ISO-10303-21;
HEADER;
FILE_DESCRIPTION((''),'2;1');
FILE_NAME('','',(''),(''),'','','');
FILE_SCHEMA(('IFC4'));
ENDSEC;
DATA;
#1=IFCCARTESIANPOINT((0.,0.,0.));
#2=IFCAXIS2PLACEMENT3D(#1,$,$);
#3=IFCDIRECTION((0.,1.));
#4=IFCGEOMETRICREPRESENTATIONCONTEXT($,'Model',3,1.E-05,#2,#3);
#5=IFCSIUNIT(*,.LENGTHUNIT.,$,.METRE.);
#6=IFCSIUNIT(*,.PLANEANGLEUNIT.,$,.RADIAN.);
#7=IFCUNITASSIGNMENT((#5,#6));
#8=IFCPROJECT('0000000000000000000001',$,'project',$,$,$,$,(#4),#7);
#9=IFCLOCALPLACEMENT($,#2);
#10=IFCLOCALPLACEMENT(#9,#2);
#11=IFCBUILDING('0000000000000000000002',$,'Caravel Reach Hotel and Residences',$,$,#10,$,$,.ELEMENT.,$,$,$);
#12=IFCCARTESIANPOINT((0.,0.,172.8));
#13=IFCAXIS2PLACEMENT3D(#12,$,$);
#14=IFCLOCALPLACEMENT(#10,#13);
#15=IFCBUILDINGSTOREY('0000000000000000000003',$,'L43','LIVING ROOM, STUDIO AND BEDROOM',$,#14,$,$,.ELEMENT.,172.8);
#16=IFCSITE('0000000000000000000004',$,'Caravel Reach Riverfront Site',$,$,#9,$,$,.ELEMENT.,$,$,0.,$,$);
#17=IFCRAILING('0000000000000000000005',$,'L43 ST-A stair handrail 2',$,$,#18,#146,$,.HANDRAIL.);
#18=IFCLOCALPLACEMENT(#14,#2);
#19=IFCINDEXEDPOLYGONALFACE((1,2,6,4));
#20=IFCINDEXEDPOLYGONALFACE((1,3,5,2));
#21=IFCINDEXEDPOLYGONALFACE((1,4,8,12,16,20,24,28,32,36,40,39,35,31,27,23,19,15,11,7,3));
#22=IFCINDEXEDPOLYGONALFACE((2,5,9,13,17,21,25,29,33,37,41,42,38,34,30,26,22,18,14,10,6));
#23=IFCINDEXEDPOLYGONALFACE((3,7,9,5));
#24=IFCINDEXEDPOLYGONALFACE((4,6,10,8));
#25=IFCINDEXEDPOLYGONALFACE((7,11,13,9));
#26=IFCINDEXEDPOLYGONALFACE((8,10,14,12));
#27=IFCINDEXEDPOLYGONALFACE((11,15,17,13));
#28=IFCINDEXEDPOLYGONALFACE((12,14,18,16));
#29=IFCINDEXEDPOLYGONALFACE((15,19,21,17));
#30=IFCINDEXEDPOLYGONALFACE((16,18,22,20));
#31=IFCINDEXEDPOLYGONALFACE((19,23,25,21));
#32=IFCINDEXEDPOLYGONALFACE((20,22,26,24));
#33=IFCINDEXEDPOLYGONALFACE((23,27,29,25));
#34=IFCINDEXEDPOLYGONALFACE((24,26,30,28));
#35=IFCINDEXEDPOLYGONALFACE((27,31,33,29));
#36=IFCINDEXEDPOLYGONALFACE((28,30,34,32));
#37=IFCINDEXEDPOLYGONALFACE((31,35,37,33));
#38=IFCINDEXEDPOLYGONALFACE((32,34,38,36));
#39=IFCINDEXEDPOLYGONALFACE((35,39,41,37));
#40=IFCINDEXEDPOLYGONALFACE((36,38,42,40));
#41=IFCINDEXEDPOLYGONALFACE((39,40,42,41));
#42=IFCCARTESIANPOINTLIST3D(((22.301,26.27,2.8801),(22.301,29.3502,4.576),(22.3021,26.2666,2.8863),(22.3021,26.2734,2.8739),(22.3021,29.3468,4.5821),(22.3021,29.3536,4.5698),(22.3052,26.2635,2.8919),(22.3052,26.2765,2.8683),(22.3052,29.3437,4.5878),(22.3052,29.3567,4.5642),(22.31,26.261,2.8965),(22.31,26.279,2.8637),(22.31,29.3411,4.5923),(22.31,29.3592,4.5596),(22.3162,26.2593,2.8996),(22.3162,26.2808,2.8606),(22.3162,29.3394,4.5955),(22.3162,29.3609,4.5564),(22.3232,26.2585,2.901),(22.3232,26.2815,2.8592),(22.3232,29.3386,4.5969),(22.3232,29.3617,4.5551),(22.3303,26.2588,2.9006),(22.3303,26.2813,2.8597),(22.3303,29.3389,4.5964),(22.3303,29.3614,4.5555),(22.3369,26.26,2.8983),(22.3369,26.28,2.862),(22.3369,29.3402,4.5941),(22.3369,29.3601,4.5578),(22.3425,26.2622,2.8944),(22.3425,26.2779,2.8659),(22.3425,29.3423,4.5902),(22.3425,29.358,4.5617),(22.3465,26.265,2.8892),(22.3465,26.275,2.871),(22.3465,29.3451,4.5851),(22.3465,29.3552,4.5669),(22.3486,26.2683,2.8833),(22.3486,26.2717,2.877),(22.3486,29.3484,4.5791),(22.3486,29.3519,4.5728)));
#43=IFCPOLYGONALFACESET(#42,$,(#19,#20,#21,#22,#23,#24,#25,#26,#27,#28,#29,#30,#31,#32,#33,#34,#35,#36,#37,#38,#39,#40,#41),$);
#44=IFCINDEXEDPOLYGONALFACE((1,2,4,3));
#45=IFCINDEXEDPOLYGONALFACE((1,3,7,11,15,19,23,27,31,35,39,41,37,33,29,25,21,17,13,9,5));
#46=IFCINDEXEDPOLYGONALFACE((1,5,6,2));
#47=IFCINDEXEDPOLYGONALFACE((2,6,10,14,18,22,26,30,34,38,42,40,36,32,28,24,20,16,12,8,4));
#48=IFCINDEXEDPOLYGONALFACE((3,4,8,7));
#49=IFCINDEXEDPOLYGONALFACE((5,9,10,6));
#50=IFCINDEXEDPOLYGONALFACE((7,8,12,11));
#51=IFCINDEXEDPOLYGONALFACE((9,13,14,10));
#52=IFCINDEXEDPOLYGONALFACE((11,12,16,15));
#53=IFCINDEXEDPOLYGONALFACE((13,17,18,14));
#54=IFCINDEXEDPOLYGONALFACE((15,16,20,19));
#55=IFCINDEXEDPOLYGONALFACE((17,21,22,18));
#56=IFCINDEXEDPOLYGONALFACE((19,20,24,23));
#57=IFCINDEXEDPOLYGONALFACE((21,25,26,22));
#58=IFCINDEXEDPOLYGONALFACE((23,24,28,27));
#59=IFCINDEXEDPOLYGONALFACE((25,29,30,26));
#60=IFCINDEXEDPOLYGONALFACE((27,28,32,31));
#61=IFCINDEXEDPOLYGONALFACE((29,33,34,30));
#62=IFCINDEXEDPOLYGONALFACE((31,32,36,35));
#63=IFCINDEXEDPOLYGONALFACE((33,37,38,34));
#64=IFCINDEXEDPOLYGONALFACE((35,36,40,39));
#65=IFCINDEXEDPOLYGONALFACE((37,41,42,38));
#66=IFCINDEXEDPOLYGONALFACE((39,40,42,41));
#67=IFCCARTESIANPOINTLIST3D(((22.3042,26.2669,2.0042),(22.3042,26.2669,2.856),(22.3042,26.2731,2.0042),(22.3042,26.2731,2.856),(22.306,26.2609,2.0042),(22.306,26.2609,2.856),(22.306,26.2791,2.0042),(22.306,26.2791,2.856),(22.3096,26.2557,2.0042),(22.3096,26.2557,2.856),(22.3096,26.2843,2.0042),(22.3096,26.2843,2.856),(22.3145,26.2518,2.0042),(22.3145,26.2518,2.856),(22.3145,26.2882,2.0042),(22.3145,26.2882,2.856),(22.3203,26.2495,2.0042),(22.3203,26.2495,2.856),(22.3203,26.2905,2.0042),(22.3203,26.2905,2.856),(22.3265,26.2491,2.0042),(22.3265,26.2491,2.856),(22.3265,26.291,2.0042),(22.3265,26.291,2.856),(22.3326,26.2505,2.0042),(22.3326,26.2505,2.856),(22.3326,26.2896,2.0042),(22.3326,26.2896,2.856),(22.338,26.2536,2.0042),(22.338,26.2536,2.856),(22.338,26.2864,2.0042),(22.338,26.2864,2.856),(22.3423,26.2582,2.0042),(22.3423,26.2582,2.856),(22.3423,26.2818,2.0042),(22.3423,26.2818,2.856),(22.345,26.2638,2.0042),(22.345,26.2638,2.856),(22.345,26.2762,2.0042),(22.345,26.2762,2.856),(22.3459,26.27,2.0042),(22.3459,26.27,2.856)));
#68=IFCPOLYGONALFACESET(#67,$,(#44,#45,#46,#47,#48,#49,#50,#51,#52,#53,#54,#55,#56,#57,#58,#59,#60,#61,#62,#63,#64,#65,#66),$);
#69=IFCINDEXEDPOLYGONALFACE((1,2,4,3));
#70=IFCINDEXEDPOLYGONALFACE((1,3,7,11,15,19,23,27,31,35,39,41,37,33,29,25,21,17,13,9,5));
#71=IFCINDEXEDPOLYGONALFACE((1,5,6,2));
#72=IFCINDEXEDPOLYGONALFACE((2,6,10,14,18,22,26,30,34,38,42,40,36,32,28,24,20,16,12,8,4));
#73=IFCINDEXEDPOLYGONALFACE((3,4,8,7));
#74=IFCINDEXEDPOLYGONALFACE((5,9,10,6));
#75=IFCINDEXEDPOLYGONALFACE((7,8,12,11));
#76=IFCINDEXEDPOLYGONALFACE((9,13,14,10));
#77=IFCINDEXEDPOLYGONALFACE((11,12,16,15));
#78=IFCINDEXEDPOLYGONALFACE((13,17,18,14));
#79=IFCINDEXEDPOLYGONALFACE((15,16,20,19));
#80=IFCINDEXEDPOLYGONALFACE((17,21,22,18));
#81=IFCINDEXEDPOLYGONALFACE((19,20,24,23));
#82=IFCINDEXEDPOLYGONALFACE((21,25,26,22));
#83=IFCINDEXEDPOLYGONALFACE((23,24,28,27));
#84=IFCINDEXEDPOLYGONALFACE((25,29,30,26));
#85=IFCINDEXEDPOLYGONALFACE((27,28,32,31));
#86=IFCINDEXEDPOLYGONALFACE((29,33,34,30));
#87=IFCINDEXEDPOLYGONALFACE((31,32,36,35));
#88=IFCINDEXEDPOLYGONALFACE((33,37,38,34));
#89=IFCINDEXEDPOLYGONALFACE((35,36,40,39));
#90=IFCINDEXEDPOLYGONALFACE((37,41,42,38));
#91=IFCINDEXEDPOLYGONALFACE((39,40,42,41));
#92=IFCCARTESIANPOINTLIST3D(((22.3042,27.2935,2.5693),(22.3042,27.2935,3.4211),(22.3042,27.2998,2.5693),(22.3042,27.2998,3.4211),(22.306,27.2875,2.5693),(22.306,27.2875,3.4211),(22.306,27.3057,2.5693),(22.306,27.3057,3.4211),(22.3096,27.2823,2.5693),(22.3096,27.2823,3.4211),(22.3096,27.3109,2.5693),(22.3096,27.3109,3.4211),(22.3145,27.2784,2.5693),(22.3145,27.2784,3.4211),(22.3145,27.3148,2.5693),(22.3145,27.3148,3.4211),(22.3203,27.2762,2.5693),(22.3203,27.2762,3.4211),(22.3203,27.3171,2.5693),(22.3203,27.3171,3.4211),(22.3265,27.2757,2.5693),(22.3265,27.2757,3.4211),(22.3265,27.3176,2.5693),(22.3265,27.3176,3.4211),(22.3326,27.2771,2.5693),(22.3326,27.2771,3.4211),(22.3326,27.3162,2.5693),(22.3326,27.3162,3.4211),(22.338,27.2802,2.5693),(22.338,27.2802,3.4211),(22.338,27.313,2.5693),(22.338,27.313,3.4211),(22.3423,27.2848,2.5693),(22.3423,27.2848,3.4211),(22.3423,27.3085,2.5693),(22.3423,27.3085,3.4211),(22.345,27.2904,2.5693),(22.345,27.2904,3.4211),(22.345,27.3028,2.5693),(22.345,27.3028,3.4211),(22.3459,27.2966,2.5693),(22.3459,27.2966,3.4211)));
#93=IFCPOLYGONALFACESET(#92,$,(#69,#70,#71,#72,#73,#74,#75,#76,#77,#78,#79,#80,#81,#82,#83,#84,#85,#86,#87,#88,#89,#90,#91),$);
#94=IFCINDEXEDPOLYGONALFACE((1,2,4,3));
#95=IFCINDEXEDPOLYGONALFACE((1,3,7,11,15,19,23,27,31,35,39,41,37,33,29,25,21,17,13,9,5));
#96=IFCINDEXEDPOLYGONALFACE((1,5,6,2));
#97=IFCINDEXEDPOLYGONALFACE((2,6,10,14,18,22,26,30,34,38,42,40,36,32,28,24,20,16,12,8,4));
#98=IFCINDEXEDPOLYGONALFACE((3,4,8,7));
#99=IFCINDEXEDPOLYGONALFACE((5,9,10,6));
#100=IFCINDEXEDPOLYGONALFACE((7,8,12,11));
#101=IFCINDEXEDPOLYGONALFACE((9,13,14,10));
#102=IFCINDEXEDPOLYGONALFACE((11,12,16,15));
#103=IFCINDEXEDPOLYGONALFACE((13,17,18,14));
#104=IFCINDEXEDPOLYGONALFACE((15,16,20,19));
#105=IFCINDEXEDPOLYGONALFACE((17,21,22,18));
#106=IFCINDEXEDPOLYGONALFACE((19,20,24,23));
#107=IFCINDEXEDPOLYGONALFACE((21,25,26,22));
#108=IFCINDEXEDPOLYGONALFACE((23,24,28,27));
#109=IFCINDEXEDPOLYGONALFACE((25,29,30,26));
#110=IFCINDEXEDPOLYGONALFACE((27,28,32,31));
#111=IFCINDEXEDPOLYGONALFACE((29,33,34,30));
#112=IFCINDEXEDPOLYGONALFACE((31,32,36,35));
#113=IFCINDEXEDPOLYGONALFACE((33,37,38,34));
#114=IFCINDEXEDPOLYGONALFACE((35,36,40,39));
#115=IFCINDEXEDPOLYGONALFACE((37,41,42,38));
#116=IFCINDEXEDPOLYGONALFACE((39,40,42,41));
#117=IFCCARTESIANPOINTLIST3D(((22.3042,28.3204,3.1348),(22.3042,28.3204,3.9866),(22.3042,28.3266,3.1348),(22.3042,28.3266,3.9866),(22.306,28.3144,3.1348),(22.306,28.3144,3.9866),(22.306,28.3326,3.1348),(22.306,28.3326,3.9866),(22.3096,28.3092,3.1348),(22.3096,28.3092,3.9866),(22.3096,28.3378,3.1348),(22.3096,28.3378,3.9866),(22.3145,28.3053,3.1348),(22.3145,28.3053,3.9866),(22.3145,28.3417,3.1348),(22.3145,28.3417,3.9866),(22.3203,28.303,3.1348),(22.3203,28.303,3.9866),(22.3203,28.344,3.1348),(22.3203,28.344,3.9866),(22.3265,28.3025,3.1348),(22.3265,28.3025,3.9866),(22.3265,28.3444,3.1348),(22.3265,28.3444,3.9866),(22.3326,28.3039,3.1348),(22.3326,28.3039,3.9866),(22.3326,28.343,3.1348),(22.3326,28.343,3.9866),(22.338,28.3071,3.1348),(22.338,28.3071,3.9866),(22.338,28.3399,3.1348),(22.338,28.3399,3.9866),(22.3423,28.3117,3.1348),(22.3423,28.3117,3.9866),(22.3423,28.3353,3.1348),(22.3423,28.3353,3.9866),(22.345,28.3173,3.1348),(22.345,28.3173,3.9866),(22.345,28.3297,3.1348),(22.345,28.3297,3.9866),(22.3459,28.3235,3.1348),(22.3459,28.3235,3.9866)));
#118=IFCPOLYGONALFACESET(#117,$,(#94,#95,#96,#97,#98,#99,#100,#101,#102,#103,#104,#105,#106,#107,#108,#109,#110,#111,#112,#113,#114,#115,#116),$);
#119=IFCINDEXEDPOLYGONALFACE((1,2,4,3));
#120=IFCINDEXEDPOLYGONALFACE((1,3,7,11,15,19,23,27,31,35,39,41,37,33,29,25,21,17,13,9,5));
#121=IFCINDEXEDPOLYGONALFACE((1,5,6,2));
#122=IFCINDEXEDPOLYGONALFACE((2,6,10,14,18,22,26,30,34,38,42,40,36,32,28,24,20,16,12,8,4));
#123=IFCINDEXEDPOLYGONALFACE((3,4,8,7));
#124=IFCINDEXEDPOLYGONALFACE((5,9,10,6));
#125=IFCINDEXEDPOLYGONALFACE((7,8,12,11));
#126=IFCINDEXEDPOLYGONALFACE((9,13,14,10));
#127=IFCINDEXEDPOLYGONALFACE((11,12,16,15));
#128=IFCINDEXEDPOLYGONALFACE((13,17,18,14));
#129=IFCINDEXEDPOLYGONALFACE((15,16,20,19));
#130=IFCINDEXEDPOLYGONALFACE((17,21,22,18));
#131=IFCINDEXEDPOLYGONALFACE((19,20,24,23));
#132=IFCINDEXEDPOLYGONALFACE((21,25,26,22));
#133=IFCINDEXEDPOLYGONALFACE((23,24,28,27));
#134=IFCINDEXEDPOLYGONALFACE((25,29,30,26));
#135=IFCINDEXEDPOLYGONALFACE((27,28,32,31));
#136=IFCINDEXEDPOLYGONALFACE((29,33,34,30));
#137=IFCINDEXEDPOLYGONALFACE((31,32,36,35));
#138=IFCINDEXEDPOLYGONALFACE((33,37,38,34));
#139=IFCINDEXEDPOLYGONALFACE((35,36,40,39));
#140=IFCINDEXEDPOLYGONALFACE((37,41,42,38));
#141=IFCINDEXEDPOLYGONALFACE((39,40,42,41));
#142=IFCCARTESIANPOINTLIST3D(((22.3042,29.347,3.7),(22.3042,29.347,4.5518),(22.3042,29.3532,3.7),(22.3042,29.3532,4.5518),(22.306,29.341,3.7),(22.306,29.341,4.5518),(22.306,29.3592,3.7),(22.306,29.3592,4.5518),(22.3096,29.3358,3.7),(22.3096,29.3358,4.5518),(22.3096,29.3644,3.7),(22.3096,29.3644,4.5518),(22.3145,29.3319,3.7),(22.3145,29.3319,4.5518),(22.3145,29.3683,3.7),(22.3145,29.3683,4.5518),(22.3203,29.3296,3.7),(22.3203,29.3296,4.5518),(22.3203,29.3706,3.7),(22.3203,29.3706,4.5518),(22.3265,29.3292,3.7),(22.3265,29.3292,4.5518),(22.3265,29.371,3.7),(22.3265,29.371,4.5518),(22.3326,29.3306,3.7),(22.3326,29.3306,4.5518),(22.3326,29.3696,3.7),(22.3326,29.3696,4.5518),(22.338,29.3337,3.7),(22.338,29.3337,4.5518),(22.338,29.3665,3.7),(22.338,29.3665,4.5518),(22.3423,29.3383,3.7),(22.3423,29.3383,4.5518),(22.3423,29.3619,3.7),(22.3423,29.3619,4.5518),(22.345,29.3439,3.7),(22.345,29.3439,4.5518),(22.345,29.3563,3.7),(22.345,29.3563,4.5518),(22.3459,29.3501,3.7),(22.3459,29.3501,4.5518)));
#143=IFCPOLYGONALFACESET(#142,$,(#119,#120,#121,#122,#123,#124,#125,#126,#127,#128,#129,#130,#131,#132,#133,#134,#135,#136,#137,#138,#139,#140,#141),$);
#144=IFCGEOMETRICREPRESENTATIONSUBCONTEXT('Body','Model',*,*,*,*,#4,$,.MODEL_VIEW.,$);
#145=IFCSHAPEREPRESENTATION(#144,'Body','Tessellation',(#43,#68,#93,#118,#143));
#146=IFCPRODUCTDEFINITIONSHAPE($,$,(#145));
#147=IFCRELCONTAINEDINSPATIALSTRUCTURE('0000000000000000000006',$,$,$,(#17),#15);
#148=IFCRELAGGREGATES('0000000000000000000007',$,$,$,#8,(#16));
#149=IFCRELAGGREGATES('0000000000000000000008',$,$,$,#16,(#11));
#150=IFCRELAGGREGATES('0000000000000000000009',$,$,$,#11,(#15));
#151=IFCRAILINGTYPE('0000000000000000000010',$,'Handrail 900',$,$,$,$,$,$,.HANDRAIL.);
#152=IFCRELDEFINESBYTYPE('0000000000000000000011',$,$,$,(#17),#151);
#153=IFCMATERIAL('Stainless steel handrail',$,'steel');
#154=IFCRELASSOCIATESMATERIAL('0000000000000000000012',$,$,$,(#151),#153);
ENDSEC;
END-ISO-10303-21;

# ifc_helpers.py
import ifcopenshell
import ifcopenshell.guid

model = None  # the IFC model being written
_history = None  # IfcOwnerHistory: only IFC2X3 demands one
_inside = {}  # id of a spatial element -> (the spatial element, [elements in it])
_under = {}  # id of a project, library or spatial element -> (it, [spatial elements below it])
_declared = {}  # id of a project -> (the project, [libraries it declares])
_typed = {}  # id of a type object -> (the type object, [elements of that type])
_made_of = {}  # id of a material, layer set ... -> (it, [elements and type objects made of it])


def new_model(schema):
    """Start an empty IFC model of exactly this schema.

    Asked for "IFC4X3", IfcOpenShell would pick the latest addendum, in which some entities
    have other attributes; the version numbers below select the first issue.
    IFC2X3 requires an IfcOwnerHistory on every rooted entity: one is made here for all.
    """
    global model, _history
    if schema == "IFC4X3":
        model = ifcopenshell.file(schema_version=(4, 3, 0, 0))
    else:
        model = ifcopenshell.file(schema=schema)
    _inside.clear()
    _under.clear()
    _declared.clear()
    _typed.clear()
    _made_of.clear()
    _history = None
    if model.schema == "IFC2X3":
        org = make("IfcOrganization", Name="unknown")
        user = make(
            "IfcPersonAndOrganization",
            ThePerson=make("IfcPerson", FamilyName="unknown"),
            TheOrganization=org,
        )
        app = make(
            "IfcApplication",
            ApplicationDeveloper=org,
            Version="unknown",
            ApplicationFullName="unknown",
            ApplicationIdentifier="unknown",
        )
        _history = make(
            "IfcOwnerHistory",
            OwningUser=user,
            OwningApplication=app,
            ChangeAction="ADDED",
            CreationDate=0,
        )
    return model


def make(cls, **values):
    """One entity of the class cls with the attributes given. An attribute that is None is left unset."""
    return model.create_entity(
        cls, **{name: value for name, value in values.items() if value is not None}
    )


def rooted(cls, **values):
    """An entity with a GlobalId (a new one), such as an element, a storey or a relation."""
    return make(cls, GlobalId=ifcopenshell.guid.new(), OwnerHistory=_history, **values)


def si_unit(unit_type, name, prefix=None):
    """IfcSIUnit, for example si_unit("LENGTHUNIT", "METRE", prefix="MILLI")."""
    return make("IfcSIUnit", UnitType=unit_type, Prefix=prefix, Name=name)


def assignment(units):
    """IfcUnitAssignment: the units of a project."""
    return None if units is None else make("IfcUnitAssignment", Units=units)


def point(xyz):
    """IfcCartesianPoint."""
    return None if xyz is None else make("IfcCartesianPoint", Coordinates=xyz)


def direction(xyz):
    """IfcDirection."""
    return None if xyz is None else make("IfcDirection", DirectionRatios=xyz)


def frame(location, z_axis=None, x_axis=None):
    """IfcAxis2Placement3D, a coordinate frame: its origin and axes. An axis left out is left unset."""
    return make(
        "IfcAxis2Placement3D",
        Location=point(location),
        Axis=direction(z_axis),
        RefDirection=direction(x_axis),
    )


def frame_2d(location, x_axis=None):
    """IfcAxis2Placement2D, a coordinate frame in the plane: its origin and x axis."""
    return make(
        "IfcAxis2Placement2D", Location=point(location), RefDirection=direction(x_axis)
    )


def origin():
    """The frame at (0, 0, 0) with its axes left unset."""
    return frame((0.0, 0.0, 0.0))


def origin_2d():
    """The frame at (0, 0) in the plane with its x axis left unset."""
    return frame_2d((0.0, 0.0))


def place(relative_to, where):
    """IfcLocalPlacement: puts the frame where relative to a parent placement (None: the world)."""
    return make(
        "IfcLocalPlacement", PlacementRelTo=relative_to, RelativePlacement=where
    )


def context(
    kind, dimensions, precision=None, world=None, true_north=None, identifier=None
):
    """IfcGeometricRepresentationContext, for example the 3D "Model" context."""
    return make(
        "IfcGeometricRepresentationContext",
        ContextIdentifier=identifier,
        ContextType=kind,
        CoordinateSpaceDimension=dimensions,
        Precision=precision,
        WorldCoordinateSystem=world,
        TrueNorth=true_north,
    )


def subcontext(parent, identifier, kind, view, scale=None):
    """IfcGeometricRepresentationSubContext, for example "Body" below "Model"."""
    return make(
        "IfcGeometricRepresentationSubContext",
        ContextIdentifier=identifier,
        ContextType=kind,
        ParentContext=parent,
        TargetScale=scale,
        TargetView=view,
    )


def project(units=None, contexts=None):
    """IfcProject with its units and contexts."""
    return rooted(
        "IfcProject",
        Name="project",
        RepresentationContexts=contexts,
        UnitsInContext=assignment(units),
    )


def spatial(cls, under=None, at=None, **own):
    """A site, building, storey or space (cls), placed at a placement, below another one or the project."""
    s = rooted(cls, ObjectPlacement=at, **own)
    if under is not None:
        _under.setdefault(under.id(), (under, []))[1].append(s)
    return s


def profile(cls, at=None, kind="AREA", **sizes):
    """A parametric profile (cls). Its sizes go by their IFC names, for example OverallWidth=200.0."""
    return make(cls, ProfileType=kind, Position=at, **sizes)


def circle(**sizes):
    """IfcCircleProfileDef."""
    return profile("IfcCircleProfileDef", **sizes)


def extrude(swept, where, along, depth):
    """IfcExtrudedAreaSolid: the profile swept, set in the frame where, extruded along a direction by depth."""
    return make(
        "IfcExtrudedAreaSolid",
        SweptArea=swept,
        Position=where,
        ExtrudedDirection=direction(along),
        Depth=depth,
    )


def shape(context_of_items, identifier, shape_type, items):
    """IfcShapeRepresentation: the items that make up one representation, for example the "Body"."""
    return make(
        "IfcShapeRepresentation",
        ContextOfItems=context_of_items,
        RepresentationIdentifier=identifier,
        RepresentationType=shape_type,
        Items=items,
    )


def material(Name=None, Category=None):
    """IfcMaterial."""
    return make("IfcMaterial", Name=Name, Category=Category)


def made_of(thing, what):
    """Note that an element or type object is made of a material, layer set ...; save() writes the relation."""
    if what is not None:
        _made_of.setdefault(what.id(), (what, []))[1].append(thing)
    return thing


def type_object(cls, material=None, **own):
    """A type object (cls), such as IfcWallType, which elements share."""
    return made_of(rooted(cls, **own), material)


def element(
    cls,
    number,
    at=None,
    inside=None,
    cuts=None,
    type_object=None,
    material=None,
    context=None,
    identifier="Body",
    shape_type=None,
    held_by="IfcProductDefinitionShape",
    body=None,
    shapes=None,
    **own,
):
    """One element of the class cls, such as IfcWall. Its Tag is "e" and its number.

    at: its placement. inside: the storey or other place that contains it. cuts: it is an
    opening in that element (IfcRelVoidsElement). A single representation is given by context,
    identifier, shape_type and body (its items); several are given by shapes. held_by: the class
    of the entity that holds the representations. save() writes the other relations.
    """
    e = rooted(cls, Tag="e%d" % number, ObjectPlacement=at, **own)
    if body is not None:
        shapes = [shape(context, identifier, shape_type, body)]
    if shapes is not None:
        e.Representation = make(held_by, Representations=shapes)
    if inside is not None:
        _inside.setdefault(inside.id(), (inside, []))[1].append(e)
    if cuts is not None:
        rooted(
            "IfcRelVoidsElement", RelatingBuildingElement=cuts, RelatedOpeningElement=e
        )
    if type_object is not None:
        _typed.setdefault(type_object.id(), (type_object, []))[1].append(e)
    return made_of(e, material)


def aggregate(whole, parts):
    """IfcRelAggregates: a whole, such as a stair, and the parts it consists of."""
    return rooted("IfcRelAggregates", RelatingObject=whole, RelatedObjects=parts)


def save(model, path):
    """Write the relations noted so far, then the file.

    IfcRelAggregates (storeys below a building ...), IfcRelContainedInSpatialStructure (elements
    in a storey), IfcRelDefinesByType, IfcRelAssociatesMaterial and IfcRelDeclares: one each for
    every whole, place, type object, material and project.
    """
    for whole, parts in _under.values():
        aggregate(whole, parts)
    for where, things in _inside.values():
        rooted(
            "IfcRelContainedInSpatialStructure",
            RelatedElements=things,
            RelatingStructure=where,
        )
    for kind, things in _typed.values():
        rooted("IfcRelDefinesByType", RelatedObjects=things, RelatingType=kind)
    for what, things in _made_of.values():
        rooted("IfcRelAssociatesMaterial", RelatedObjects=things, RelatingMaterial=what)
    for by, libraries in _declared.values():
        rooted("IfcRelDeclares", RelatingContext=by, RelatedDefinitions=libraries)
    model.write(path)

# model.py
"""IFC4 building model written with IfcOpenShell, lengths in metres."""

from ifc_helpers import new_model, si_unit, direction, frame, origin, origin_2d, place, context, subcontext, project, spatial, circle, extrude, material, type_object, element, save


model = new_model("IFC4")

# Units and contexts
model_context = context("Model", 3, precision=1e-05, world=origin(), true_north=direction((0.0, 1.0)))
body_context = subcontext(model_context, "Body", "Model", "MODEL_VIEW")
ifc_project = project(units=[si_unit("LENGTHUNIT", "METRE"), si_unit("PLANEANGLEUNIT", "RADIAN")], contexts=[model_context])

# Site, building, storey
site_placement = place(None, origin())
site = spatial("IfcSite", under=ifc_project, at=site_placement, Name="Caravel Reach Riverfront Site", CompositionType="ELEMENT", RefElevation=0.0)
building_placement = place(site_placement, origin())
building = spatial("IfcBuilding", under=site, at=building_placement, Name="Caravel Reach Hotel and Residences", CompositionType="ELEMENT")
storey_placement = place(building_placement, frame((0.0, 0.0, 172.8)))
storey = spatial("IfcBuildingStorey", under=building, at=storey_placement, Name="L43", Description="LIVING ROOM, STUDIO AND BEDROOM", CompositionType="ELEMENT", Elevation=172.8)

# Railing
ifc_material_1 = material(Name="Stainless steel handrail", Category="steel")
railing_type = type_object("IfcRailingType", Name="Handrail 900", PredefinedType="HANDRAIL", material=ifc_material_1)
railing_placement = place(storey_placement, frame((22.325, 26.27, 2.0042)))
element("IfcRailing", 1, at=railing_placement, inside=storey, type_object=railing_type, Name="L43 ST-A stair handrail 2", PredefinedType="HANDRAIL", context=body_context, shape_type="SweptSolid", body=[
    extrude(circle(Radius=0.0239, at=origin_2d()), frame((0.0, 0.0, 0.876), z_axis=(0.0, 0.876005, 0.482303), x_axis=(-1.0, 0.0, 0.0)), (0.0, 0.0, 1.0), 3.5161),
    extrude(circle(Radius=0.021, at=origin_2d()), origin(), (0.0, 0.0, 1.0), 0.8518),
    extrude(circle(Radius=0.021, at=origin_2d()), frame((0.0, 1.0266, 0.5652)), (0.0, 0.0, 1.0), 0.8518),
    extrude(circle(Radius=0.021, at=origin_2d()), frame((0.0, 2.0535, 1.1306)), (0.0, 0.0, 1.0), 0.8518),
    extrude(circle(Radius=0.021, at=origin_2d()), frame((0.0, 3.0801, 1.6958)), (0.0, 0.0, 1.0), 0.8518),
])

save(model, "model.ifc")
